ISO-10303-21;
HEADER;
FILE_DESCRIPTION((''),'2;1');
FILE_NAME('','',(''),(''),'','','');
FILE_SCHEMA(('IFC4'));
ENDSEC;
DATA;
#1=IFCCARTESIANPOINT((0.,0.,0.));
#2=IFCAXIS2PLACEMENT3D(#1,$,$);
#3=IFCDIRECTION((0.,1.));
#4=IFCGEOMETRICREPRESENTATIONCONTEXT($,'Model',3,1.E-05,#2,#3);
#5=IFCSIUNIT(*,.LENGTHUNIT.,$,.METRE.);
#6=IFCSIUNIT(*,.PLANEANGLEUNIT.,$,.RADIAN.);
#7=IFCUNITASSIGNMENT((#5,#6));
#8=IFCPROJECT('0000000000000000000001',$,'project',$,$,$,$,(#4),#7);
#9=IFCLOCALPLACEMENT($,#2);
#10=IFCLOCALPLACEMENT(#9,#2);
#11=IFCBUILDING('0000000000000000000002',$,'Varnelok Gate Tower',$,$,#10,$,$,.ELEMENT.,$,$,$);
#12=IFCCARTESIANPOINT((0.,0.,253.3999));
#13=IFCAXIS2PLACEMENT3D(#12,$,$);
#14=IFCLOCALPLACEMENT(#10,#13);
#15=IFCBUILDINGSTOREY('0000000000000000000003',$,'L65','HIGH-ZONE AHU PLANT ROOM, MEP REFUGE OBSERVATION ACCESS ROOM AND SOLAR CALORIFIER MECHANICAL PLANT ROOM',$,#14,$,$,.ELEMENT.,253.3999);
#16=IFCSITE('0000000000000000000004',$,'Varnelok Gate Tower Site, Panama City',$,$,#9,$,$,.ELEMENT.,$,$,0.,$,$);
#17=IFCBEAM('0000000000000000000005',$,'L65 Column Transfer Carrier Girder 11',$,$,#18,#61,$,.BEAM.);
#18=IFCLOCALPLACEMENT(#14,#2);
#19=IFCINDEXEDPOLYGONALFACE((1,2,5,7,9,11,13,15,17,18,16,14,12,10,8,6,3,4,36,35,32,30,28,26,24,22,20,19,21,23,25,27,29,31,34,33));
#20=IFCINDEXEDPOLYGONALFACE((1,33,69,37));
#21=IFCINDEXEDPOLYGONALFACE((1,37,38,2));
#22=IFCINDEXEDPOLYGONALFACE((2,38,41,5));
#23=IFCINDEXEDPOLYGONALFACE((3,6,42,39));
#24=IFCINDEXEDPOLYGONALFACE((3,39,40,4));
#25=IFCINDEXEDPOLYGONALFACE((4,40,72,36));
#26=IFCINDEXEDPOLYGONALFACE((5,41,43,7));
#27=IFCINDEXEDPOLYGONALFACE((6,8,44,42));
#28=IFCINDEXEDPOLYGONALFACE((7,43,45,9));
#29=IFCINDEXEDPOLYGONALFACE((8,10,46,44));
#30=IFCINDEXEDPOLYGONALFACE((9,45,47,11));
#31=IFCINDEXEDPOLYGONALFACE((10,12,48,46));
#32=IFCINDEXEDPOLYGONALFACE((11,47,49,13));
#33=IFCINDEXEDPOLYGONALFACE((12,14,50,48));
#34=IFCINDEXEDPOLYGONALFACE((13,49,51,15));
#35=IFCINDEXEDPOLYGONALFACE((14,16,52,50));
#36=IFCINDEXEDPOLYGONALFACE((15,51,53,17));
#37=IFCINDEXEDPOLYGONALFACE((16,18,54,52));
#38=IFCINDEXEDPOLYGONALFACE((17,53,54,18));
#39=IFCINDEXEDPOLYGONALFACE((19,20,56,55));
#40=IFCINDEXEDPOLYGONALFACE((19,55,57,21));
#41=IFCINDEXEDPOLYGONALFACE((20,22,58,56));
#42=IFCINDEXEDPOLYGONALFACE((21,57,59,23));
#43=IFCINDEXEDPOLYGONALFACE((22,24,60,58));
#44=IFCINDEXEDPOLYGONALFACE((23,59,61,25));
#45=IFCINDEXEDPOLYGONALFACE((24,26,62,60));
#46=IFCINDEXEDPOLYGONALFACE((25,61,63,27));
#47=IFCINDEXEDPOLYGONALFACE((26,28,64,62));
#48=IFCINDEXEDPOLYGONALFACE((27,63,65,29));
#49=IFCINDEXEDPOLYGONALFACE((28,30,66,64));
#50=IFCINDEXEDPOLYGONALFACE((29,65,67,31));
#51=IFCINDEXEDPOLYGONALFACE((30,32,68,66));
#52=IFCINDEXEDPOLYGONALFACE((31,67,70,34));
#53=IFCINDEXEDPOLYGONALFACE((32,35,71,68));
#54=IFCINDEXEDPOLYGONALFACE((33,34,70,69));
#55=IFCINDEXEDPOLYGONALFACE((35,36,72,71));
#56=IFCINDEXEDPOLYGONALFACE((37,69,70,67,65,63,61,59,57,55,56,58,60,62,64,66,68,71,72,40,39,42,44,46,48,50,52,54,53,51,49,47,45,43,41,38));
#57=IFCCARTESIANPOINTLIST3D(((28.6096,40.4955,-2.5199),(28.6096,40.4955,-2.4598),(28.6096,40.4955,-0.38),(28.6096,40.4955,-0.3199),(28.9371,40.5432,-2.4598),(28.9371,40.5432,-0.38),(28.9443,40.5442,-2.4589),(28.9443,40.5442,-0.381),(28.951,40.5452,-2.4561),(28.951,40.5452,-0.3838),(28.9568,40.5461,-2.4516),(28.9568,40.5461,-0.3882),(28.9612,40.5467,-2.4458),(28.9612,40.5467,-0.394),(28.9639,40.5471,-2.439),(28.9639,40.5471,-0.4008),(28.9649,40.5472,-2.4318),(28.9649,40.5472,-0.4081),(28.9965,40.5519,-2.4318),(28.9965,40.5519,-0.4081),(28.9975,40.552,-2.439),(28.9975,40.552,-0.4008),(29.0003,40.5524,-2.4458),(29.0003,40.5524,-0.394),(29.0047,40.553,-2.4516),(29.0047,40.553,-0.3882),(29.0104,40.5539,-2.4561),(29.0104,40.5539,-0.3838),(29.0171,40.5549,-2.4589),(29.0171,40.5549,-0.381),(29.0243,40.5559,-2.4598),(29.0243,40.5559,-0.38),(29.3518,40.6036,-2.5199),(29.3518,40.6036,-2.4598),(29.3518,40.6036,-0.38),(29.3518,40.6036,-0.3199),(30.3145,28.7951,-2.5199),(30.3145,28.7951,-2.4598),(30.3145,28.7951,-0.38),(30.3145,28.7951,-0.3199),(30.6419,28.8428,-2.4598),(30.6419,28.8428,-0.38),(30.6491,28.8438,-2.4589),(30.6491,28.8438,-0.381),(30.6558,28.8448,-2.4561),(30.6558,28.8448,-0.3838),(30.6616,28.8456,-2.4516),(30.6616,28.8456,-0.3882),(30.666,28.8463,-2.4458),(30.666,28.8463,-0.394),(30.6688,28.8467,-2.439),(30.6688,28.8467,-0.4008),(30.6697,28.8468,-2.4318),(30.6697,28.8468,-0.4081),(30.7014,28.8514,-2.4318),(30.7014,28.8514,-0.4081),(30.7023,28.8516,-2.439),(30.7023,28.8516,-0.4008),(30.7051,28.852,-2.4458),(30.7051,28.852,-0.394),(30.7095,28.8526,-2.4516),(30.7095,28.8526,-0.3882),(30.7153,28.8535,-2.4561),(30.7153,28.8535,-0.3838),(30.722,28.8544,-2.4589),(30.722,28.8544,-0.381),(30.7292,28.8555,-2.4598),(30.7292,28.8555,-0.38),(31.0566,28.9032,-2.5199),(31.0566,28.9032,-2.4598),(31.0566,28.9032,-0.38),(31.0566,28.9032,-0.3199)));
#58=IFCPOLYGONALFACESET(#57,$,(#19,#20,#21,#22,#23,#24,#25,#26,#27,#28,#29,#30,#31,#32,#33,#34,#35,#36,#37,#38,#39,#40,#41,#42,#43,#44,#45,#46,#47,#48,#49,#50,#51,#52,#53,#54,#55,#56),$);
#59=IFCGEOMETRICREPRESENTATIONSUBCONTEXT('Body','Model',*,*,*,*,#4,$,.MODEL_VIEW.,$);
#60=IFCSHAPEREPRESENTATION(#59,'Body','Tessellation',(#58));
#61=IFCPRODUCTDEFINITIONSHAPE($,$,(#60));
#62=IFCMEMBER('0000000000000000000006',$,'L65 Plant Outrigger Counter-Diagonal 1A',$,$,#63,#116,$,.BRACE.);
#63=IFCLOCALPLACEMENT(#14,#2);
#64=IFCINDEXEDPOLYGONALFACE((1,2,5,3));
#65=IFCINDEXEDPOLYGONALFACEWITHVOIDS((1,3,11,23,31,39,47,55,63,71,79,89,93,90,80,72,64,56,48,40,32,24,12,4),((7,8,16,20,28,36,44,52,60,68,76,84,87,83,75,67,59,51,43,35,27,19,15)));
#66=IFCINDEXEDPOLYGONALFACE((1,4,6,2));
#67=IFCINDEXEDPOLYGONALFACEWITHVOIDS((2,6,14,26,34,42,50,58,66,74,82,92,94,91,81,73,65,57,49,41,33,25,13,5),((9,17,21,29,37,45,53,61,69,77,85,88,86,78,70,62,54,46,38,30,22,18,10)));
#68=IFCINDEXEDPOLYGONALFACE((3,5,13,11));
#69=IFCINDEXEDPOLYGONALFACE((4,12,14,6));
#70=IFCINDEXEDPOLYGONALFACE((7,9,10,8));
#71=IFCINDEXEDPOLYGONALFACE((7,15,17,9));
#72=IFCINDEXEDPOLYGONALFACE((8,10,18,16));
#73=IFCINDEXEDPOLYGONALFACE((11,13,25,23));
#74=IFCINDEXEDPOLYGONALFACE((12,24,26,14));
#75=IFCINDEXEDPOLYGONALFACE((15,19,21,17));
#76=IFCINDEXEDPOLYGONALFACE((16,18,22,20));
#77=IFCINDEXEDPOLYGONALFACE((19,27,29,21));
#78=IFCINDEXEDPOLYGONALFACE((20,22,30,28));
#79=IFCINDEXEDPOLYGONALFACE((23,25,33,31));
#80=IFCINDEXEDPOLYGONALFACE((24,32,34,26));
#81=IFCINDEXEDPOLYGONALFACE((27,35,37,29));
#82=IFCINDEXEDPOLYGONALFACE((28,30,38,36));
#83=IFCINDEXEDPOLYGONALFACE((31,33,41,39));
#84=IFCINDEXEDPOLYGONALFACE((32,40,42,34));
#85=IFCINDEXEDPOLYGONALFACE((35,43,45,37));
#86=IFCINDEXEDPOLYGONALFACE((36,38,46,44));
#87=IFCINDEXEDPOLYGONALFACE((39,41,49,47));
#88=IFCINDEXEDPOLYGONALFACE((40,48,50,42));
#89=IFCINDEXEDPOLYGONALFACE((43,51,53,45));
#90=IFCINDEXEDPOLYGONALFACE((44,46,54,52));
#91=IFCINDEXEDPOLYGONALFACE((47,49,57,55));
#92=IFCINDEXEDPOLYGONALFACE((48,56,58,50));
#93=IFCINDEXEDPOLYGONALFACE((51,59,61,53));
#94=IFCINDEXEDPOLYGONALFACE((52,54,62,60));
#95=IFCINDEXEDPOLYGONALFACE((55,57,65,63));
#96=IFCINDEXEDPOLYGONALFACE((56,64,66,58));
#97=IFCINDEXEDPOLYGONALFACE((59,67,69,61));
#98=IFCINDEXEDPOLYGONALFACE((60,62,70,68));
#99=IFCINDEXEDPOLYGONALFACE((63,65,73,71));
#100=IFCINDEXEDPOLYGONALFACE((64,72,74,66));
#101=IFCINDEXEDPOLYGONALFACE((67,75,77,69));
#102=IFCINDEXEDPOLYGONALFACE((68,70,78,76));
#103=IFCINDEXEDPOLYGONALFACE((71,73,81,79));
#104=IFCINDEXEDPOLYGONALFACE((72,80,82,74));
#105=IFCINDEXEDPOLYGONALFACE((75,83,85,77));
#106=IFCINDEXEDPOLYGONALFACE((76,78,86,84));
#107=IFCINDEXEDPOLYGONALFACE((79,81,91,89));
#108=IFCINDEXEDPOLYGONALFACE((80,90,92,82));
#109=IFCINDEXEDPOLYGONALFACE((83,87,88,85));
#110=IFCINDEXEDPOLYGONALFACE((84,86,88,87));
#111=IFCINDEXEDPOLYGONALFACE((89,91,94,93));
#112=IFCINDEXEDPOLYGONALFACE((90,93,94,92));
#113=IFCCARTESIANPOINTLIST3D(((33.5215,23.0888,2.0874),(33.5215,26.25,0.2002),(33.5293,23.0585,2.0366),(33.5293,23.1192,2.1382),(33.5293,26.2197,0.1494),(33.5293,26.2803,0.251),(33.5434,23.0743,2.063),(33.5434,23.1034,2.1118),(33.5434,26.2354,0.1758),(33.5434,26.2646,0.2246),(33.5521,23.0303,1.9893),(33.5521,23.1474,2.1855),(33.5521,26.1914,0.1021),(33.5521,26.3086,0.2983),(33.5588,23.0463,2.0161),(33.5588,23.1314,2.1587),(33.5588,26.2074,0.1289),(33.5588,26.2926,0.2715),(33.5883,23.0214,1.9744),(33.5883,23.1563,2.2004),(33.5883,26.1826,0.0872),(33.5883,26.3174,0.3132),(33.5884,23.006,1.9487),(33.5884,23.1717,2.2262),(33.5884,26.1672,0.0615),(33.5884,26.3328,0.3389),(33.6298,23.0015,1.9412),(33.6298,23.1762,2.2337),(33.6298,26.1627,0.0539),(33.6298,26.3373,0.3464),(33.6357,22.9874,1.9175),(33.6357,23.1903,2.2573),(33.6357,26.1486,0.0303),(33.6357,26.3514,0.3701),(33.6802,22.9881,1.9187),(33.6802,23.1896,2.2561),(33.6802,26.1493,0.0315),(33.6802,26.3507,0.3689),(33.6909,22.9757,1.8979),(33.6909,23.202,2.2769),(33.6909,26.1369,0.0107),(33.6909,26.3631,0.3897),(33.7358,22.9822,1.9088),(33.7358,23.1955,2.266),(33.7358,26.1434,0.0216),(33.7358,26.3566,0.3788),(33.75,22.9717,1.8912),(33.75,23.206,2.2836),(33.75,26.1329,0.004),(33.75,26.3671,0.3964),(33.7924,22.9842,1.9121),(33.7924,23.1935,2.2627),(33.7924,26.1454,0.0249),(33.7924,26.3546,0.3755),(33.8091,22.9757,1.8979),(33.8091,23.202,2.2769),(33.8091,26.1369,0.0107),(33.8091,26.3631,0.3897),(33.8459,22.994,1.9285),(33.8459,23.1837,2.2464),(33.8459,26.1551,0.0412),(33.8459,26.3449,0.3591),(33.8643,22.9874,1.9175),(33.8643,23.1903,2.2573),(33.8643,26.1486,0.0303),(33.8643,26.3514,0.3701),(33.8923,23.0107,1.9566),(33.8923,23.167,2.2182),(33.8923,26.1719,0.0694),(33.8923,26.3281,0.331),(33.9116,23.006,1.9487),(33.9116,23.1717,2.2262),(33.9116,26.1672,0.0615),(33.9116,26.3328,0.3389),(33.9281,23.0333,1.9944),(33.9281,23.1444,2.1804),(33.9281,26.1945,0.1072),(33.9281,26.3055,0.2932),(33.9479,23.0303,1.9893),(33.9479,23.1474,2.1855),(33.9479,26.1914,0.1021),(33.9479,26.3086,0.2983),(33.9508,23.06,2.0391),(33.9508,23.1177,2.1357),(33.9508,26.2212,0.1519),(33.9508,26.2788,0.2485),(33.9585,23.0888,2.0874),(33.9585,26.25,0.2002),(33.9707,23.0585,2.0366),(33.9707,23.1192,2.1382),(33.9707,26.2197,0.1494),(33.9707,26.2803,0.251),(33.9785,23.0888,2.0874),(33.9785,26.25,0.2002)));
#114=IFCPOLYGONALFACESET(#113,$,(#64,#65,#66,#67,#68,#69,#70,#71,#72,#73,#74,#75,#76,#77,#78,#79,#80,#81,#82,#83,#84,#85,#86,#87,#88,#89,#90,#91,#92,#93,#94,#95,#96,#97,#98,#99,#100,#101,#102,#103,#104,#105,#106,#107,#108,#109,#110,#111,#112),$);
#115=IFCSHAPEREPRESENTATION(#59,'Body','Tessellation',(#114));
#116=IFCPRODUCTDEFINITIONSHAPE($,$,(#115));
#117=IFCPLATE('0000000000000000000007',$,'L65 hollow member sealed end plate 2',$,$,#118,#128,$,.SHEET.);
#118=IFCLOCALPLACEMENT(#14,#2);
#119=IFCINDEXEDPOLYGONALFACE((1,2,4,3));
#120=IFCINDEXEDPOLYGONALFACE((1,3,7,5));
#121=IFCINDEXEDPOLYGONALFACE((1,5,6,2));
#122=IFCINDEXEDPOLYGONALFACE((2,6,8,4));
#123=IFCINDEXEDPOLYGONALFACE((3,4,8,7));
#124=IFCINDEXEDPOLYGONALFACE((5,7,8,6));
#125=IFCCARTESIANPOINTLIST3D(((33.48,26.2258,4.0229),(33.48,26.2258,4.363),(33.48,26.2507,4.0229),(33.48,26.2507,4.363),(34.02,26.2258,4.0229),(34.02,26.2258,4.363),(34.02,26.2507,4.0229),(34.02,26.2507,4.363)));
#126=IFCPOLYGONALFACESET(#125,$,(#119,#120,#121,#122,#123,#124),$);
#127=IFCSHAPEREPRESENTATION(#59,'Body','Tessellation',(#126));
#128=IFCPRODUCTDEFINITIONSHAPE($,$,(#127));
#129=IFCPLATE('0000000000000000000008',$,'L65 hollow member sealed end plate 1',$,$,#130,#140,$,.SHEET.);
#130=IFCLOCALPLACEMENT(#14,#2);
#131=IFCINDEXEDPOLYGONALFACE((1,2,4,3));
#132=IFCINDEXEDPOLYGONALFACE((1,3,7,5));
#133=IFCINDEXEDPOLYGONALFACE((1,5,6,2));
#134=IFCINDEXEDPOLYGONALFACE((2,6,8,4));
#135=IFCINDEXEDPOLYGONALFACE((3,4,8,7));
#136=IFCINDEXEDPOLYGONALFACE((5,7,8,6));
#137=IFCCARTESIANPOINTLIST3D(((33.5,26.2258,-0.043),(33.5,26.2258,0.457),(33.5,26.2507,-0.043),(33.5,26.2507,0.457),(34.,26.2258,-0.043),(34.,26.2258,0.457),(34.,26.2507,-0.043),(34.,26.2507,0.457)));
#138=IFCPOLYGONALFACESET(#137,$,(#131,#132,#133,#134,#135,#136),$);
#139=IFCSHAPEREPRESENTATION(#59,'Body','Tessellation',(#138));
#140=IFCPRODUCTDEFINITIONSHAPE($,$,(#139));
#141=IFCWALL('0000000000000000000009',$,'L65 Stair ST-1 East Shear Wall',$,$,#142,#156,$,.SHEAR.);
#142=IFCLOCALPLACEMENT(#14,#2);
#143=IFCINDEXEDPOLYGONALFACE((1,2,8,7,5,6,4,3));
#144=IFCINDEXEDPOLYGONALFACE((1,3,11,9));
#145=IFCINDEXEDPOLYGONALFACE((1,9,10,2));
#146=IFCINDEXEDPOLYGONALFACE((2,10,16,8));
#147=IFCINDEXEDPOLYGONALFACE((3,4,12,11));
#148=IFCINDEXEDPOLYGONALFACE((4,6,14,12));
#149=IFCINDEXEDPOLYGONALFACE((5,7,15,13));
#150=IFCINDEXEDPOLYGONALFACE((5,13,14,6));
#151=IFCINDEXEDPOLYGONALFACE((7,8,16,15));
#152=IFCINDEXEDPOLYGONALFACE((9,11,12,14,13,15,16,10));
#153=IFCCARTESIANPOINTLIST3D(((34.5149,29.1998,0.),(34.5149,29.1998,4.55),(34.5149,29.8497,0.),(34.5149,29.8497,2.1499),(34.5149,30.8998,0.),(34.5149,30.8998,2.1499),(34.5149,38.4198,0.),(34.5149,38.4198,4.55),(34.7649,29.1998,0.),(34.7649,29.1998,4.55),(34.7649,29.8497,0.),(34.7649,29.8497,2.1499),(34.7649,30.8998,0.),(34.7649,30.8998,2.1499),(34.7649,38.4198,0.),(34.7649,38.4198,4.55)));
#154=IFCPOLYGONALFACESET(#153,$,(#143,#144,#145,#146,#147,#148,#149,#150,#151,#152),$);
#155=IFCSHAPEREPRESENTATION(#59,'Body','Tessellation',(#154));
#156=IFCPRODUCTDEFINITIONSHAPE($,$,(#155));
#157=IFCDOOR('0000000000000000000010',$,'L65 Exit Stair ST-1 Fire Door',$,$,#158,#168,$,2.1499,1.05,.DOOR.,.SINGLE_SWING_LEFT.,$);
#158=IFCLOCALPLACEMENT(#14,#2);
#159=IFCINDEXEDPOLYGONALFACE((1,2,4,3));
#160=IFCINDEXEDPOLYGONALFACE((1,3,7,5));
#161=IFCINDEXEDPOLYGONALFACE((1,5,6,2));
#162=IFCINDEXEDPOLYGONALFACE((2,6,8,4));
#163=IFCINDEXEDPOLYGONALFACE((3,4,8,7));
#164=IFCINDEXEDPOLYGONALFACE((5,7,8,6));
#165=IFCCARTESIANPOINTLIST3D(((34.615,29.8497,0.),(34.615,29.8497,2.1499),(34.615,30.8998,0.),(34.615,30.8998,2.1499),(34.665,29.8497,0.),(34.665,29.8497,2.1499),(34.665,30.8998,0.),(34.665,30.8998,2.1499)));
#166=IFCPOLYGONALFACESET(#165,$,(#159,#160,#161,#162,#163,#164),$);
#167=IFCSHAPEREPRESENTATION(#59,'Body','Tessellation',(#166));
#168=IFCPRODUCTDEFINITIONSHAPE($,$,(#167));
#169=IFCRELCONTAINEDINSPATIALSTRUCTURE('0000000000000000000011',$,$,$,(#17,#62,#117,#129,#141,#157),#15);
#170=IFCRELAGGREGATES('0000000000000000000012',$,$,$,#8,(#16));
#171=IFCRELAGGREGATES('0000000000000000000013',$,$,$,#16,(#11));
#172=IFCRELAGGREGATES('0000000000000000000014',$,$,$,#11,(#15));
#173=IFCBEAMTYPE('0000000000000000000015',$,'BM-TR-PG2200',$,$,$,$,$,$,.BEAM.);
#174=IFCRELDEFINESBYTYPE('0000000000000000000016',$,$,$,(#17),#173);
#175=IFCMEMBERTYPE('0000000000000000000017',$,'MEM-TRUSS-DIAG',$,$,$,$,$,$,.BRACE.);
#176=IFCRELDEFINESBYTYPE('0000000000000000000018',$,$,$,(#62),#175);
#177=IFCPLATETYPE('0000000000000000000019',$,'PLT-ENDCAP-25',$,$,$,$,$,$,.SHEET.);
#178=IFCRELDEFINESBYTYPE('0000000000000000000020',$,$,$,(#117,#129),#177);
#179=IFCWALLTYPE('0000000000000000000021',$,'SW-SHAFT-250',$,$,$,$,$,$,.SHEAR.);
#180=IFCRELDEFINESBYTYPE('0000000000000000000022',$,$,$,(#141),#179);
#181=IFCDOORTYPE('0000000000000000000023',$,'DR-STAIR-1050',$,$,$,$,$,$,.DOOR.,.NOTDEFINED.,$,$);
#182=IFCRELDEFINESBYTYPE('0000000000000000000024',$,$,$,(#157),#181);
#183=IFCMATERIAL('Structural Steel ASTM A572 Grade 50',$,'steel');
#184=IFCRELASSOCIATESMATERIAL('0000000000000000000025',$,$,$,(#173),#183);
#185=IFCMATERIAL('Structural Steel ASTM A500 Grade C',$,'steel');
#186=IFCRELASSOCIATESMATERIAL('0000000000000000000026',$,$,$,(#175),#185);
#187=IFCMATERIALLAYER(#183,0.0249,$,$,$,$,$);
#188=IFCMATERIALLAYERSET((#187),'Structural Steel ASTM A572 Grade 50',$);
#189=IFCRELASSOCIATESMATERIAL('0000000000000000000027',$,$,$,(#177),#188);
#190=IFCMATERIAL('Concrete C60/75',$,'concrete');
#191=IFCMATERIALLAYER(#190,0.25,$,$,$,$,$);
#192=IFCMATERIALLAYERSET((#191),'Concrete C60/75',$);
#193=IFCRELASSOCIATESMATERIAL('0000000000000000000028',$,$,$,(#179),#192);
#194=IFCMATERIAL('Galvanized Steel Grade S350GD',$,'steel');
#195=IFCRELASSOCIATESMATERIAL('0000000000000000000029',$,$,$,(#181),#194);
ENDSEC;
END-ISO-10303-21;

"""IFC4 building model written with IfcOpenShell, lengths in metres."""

from ifc_helpers import new_model, si_unit, direction, frame, frame_2d, origin, origin_2d, place, context, subcontext, project, spatial, rectangle, hollow_circle, i_section, extrude, source, transform, mapped, material, layer, layer_set, material_profile, profile_set, type_object, element, fill, save


model = new_model("IFC4")

# Units and contexts
model_context = context("Model", 3, precision=1e-05, world=origin(), true_north=direction((0.0, 1.0)))
body_context = subcontext(model_context, "Body", "Model", "MODEL_VIEW")
ifc_project = project(units=[si_unit("LENGTHUNIT", "METRE"), si_unit("PLANEANGLEUNIT", "RADIAN")], contexts=[model_context])

# Site, building, storey
site_placement = place(None, origin())
site = spatial("IfcSite", under=ifc_project, at=site_placement, Name="Varnelok Gate Tower Site, Panama City", CompositionType="ELEMENT", RefElevation=0.0)
building_placement = place(site_placement, origin())
building = spatial("IfcBuilding", under=site, at=building_placement, Name="Varnelok Gate Tower", CompositionType="ELEMENT")
storey_placement = place(building_placement, frame((0.0, 0.0, 253.3999)))
storey = spatial("IfcBuildingStorey", under=building, at=storey_placement, Name="L65", Description="HIGH-ZONE AHU PLANT ROOM, MEP REFUGE OBSERVATION ACCESS ROOM AND SOLAR CALORIFIER MECHANICAL PLANT ROOM", CompositionType="ELEMENT", Elevation=253.3999)

# Shared definitions
ifc_material_1 = material(Name="Concrete C60/75", Category="concrete")

# Beam
ifc_material_2 = material(Name="Structural Steel ASTM A572 Grade 50", Category="steel")
ifc_material_profile_1 = material_profile(ifc_material_2, i_section(OverallWidth=0.75, OverallDepth=2.2, WebThickness=0.032, FlangeThickness=0.0601, FilletRadius=0.0281, at=origin_2d()), Name="PG2200X750")
ifc_profile_set_1 = profile_set([ifc_material_profile_1], Name="Structural Steel ASTM A572 Grade 50")
beam_type_1 = type_object("IfcBeamType", Name="BM-TR-PG2200", PredefinedType="BEAM", material=ifc_profile_set_1)
beam_1_placement = place(storey_placement, frame((30.6855, 28.8491, -1.4199), z_axis=(-0.144184, 0.989551, 0.0), x_axis=(-0.989551, -0.144184, 0.0)))
element("IfcBeam", 1, at=beam_1_placement, inside=storey, type_object=beam_type_1, Name="L65 Column Transfer Carrier Girder 11", PredefinedType="BEAM", context=body_context, shape_type="SweptSolid", body=[
    extrude(i_section(OverallWidth=0.75, OverallDepth=2.2, WebThickness=0.032, FlangeThickness=0.0601, FilletRadius=0.0281, at=origin_2d()), origin(), (0.0, 0.0, 1.0), 11.824),
])

# Member
ifc_material_3 = material(Name="Structural Steel ASTM A500 Grade C", Category="steel")
ifc_material_profile_2 = material_profile(ifc_material_3, hollow_circle(Radius=0.2285, WallThickness=0.02, at=origin_2d()), Name="CHS457X20")
ifc_profile_set_2 = profile_set([ifc_material_profile_2], Name="Structural Steel ASTM A500 Grade C")
member_type = type_object("IfcMemberType", Name="MEM-TRUSS-DIAG", PredefinedType="BRACE", material=ifc_profile_set_2)
member_placement = place(storey_placement, frame((33.75, 26.25, 0.2002), z_axis=(0.0, -0.858626, 0.512603), x_axis=(1.0, 0.0, 0.0)))
element("IfcMember", 2, at=member_placement, inside=storey, type_object=member_type, Name="L65 Plant Outrigger Counter-Diagonal 1A", PredefinedType="BRACE", context=body_context, shape_type="SweptSolid", body=[
    extrude(hollow_circle(Radius=0.2285, WallThickness=0.02, at=origin_2d()), origin(), (0.0, 0.0, 1.0), 3.6816),
])

# Plates
ifc_layer_1 = layer(ifc_material_2, 0.0249)
ifc_layer_set_1 = layer_set([ifc_layer_1], Name="Structural Steel ASTM A572 Grade 50")
plate_type = type_object("IfcPlateType", Name="PLT-ENDCAP-25", PredefinedType="SHEET", material=ifc_layer_set_1)
shared_shape_1 = source(origin(), body_context, "Body", "SweptSolid", [
    extrude(rectangle(XDim=0.0249, YDim=0.54, at=origin_2d()), origin(), (0.0, 0.0, 1.0), 0.3401),
])
plate_1_placement = place(storey_placement, frame((33.75, 26.2383, 4.0229), z_axis=(0.0, 0.0, 1.0), x_axis=(0.0, 1.0, 0.0)))
element("IfcPlate", 3, at=plate_1_placement, inside=storey, type_object=plate_type, Name="L65 hollow member sealed end plate 2", PredefinedType="SHEET", context=body_context, shape_type="MappedRepresentation", body=[
    mapped(shared_shape_1, transform((0.0, 0.0, 0.0), scale=1.0)),
])
shared_shape_2 = source(origin(), body_context, "Body", "SweptSolid", [
    extrude(rectangle(XDim=0.0249, YDim=0.5, at=origin_2d()), origin(), (0.0, 0.0, 1.0), 0.5),
])
plate_2_placement = place(storey_placement, frame((33.75, 26.2383, -0.043), z_axis=(0.0, 0.0, 1.0), x_axis=(0.0, -1.0, 0.0)))
element("IfcPlate", 4, at=plate_2_placement, inside=storey, type_object=plate_type, Name="L65 hollow member sealed end plate 1", PredefinedType="SHEET", context=body_context, shape_type="MappedRepresentation", body=[
    mapped(shared_shape_2, transform((0.0, 0.0, 0.0), scale=1.0)),
])

# Wall, opening, door
ifc_material_4 = material(Name="Galvanized Steel Grade S350GD", Category="steel")
ifc_layer_2 = layer(ifc_material_1, 0.25)
ifc_layer_set_2 = layer_set([ifc_layer_2], Name="Concrete C60/75")
wall_type_1 = type_object("IfcWallType", Name="SW-SHAFT-250", PredefinedType="SHEAR", material=ifc_layer_set_2)
wall_1_placement = place(storey_placement, frame((34.6399, 29.2, 0.0), z_axis=(0.0, 0.0, 1.0), x_axis=(0.0, 1.0, 0.0)))
wall_1 = element("IfcWall", 5, at=wall_1_placement, inside=storey, type_object=wall_type_1, Name="L65 Stair ST-1 East Shear Wall", PredefinedType="SHEAR", context=body_context, shape_type="SweptSolid", body=[
    extrude(rectangle(XDim=9.22, YDim=0.25, at=frame_2d((4.6099, 0.0))), origin(), (0.0, 0.0, 1.0), 4.55),
])
opening_1_placement = place(wall_1_placement, frame((0.6499, 0.0, 0.0)))
opening_1 = element("IfcOpeningElement", 6, at=opening_1_placement, cuts=wall_1, PredefinedType="OPENING", context=body_context, shape_type="SweptSolid", body=[
    extrude(rectangle(XDim=1.05, YDim=2.1499, at=frame_2d((0.5249, 1.075))), frame((0.0, 0.135, 0.0), z_axis=(0.0, -1.0, 0.0), x_axis=(1.0, 0.0, 0.0)), (0.0, 0.0, 1.0), 0.27),
])
door_type_1 = type_object("IfcDoorType", Name="DR-STAIR-1050", OperationType="NOTDEFINED", PredefinedType="DOOR", material=ifc_material_4)
door_1_placement = place(opening_1_placement, origin())
door_1 = element("IfcDoor", 7, at=door_1_placement, inside=storey, type_object=door_type_1, Name="L65 Exit Stair ST-1 Fire Door", OperationType="SINGLE_SWING_LEFT", OverallHeight=2.1499, OverallWidth=1.05, PredefinedType="DOOR", context=body_context, shape_type="SweptSolid", body=[
    extrude(rectangle(XDim=1.05, YDim=2.1499, at=frame_2d((0.5249, 1.075))), frame((0.0, 0.0249, 0.0), z_axis=(0.0, -1.0, 0.0), x_axis=(1.0, 0.0, 0.0)), (0.0, 0.0, 1.0), 0.05),
])
fill(opening_1, door_1)

save(model, "model.ifc")
